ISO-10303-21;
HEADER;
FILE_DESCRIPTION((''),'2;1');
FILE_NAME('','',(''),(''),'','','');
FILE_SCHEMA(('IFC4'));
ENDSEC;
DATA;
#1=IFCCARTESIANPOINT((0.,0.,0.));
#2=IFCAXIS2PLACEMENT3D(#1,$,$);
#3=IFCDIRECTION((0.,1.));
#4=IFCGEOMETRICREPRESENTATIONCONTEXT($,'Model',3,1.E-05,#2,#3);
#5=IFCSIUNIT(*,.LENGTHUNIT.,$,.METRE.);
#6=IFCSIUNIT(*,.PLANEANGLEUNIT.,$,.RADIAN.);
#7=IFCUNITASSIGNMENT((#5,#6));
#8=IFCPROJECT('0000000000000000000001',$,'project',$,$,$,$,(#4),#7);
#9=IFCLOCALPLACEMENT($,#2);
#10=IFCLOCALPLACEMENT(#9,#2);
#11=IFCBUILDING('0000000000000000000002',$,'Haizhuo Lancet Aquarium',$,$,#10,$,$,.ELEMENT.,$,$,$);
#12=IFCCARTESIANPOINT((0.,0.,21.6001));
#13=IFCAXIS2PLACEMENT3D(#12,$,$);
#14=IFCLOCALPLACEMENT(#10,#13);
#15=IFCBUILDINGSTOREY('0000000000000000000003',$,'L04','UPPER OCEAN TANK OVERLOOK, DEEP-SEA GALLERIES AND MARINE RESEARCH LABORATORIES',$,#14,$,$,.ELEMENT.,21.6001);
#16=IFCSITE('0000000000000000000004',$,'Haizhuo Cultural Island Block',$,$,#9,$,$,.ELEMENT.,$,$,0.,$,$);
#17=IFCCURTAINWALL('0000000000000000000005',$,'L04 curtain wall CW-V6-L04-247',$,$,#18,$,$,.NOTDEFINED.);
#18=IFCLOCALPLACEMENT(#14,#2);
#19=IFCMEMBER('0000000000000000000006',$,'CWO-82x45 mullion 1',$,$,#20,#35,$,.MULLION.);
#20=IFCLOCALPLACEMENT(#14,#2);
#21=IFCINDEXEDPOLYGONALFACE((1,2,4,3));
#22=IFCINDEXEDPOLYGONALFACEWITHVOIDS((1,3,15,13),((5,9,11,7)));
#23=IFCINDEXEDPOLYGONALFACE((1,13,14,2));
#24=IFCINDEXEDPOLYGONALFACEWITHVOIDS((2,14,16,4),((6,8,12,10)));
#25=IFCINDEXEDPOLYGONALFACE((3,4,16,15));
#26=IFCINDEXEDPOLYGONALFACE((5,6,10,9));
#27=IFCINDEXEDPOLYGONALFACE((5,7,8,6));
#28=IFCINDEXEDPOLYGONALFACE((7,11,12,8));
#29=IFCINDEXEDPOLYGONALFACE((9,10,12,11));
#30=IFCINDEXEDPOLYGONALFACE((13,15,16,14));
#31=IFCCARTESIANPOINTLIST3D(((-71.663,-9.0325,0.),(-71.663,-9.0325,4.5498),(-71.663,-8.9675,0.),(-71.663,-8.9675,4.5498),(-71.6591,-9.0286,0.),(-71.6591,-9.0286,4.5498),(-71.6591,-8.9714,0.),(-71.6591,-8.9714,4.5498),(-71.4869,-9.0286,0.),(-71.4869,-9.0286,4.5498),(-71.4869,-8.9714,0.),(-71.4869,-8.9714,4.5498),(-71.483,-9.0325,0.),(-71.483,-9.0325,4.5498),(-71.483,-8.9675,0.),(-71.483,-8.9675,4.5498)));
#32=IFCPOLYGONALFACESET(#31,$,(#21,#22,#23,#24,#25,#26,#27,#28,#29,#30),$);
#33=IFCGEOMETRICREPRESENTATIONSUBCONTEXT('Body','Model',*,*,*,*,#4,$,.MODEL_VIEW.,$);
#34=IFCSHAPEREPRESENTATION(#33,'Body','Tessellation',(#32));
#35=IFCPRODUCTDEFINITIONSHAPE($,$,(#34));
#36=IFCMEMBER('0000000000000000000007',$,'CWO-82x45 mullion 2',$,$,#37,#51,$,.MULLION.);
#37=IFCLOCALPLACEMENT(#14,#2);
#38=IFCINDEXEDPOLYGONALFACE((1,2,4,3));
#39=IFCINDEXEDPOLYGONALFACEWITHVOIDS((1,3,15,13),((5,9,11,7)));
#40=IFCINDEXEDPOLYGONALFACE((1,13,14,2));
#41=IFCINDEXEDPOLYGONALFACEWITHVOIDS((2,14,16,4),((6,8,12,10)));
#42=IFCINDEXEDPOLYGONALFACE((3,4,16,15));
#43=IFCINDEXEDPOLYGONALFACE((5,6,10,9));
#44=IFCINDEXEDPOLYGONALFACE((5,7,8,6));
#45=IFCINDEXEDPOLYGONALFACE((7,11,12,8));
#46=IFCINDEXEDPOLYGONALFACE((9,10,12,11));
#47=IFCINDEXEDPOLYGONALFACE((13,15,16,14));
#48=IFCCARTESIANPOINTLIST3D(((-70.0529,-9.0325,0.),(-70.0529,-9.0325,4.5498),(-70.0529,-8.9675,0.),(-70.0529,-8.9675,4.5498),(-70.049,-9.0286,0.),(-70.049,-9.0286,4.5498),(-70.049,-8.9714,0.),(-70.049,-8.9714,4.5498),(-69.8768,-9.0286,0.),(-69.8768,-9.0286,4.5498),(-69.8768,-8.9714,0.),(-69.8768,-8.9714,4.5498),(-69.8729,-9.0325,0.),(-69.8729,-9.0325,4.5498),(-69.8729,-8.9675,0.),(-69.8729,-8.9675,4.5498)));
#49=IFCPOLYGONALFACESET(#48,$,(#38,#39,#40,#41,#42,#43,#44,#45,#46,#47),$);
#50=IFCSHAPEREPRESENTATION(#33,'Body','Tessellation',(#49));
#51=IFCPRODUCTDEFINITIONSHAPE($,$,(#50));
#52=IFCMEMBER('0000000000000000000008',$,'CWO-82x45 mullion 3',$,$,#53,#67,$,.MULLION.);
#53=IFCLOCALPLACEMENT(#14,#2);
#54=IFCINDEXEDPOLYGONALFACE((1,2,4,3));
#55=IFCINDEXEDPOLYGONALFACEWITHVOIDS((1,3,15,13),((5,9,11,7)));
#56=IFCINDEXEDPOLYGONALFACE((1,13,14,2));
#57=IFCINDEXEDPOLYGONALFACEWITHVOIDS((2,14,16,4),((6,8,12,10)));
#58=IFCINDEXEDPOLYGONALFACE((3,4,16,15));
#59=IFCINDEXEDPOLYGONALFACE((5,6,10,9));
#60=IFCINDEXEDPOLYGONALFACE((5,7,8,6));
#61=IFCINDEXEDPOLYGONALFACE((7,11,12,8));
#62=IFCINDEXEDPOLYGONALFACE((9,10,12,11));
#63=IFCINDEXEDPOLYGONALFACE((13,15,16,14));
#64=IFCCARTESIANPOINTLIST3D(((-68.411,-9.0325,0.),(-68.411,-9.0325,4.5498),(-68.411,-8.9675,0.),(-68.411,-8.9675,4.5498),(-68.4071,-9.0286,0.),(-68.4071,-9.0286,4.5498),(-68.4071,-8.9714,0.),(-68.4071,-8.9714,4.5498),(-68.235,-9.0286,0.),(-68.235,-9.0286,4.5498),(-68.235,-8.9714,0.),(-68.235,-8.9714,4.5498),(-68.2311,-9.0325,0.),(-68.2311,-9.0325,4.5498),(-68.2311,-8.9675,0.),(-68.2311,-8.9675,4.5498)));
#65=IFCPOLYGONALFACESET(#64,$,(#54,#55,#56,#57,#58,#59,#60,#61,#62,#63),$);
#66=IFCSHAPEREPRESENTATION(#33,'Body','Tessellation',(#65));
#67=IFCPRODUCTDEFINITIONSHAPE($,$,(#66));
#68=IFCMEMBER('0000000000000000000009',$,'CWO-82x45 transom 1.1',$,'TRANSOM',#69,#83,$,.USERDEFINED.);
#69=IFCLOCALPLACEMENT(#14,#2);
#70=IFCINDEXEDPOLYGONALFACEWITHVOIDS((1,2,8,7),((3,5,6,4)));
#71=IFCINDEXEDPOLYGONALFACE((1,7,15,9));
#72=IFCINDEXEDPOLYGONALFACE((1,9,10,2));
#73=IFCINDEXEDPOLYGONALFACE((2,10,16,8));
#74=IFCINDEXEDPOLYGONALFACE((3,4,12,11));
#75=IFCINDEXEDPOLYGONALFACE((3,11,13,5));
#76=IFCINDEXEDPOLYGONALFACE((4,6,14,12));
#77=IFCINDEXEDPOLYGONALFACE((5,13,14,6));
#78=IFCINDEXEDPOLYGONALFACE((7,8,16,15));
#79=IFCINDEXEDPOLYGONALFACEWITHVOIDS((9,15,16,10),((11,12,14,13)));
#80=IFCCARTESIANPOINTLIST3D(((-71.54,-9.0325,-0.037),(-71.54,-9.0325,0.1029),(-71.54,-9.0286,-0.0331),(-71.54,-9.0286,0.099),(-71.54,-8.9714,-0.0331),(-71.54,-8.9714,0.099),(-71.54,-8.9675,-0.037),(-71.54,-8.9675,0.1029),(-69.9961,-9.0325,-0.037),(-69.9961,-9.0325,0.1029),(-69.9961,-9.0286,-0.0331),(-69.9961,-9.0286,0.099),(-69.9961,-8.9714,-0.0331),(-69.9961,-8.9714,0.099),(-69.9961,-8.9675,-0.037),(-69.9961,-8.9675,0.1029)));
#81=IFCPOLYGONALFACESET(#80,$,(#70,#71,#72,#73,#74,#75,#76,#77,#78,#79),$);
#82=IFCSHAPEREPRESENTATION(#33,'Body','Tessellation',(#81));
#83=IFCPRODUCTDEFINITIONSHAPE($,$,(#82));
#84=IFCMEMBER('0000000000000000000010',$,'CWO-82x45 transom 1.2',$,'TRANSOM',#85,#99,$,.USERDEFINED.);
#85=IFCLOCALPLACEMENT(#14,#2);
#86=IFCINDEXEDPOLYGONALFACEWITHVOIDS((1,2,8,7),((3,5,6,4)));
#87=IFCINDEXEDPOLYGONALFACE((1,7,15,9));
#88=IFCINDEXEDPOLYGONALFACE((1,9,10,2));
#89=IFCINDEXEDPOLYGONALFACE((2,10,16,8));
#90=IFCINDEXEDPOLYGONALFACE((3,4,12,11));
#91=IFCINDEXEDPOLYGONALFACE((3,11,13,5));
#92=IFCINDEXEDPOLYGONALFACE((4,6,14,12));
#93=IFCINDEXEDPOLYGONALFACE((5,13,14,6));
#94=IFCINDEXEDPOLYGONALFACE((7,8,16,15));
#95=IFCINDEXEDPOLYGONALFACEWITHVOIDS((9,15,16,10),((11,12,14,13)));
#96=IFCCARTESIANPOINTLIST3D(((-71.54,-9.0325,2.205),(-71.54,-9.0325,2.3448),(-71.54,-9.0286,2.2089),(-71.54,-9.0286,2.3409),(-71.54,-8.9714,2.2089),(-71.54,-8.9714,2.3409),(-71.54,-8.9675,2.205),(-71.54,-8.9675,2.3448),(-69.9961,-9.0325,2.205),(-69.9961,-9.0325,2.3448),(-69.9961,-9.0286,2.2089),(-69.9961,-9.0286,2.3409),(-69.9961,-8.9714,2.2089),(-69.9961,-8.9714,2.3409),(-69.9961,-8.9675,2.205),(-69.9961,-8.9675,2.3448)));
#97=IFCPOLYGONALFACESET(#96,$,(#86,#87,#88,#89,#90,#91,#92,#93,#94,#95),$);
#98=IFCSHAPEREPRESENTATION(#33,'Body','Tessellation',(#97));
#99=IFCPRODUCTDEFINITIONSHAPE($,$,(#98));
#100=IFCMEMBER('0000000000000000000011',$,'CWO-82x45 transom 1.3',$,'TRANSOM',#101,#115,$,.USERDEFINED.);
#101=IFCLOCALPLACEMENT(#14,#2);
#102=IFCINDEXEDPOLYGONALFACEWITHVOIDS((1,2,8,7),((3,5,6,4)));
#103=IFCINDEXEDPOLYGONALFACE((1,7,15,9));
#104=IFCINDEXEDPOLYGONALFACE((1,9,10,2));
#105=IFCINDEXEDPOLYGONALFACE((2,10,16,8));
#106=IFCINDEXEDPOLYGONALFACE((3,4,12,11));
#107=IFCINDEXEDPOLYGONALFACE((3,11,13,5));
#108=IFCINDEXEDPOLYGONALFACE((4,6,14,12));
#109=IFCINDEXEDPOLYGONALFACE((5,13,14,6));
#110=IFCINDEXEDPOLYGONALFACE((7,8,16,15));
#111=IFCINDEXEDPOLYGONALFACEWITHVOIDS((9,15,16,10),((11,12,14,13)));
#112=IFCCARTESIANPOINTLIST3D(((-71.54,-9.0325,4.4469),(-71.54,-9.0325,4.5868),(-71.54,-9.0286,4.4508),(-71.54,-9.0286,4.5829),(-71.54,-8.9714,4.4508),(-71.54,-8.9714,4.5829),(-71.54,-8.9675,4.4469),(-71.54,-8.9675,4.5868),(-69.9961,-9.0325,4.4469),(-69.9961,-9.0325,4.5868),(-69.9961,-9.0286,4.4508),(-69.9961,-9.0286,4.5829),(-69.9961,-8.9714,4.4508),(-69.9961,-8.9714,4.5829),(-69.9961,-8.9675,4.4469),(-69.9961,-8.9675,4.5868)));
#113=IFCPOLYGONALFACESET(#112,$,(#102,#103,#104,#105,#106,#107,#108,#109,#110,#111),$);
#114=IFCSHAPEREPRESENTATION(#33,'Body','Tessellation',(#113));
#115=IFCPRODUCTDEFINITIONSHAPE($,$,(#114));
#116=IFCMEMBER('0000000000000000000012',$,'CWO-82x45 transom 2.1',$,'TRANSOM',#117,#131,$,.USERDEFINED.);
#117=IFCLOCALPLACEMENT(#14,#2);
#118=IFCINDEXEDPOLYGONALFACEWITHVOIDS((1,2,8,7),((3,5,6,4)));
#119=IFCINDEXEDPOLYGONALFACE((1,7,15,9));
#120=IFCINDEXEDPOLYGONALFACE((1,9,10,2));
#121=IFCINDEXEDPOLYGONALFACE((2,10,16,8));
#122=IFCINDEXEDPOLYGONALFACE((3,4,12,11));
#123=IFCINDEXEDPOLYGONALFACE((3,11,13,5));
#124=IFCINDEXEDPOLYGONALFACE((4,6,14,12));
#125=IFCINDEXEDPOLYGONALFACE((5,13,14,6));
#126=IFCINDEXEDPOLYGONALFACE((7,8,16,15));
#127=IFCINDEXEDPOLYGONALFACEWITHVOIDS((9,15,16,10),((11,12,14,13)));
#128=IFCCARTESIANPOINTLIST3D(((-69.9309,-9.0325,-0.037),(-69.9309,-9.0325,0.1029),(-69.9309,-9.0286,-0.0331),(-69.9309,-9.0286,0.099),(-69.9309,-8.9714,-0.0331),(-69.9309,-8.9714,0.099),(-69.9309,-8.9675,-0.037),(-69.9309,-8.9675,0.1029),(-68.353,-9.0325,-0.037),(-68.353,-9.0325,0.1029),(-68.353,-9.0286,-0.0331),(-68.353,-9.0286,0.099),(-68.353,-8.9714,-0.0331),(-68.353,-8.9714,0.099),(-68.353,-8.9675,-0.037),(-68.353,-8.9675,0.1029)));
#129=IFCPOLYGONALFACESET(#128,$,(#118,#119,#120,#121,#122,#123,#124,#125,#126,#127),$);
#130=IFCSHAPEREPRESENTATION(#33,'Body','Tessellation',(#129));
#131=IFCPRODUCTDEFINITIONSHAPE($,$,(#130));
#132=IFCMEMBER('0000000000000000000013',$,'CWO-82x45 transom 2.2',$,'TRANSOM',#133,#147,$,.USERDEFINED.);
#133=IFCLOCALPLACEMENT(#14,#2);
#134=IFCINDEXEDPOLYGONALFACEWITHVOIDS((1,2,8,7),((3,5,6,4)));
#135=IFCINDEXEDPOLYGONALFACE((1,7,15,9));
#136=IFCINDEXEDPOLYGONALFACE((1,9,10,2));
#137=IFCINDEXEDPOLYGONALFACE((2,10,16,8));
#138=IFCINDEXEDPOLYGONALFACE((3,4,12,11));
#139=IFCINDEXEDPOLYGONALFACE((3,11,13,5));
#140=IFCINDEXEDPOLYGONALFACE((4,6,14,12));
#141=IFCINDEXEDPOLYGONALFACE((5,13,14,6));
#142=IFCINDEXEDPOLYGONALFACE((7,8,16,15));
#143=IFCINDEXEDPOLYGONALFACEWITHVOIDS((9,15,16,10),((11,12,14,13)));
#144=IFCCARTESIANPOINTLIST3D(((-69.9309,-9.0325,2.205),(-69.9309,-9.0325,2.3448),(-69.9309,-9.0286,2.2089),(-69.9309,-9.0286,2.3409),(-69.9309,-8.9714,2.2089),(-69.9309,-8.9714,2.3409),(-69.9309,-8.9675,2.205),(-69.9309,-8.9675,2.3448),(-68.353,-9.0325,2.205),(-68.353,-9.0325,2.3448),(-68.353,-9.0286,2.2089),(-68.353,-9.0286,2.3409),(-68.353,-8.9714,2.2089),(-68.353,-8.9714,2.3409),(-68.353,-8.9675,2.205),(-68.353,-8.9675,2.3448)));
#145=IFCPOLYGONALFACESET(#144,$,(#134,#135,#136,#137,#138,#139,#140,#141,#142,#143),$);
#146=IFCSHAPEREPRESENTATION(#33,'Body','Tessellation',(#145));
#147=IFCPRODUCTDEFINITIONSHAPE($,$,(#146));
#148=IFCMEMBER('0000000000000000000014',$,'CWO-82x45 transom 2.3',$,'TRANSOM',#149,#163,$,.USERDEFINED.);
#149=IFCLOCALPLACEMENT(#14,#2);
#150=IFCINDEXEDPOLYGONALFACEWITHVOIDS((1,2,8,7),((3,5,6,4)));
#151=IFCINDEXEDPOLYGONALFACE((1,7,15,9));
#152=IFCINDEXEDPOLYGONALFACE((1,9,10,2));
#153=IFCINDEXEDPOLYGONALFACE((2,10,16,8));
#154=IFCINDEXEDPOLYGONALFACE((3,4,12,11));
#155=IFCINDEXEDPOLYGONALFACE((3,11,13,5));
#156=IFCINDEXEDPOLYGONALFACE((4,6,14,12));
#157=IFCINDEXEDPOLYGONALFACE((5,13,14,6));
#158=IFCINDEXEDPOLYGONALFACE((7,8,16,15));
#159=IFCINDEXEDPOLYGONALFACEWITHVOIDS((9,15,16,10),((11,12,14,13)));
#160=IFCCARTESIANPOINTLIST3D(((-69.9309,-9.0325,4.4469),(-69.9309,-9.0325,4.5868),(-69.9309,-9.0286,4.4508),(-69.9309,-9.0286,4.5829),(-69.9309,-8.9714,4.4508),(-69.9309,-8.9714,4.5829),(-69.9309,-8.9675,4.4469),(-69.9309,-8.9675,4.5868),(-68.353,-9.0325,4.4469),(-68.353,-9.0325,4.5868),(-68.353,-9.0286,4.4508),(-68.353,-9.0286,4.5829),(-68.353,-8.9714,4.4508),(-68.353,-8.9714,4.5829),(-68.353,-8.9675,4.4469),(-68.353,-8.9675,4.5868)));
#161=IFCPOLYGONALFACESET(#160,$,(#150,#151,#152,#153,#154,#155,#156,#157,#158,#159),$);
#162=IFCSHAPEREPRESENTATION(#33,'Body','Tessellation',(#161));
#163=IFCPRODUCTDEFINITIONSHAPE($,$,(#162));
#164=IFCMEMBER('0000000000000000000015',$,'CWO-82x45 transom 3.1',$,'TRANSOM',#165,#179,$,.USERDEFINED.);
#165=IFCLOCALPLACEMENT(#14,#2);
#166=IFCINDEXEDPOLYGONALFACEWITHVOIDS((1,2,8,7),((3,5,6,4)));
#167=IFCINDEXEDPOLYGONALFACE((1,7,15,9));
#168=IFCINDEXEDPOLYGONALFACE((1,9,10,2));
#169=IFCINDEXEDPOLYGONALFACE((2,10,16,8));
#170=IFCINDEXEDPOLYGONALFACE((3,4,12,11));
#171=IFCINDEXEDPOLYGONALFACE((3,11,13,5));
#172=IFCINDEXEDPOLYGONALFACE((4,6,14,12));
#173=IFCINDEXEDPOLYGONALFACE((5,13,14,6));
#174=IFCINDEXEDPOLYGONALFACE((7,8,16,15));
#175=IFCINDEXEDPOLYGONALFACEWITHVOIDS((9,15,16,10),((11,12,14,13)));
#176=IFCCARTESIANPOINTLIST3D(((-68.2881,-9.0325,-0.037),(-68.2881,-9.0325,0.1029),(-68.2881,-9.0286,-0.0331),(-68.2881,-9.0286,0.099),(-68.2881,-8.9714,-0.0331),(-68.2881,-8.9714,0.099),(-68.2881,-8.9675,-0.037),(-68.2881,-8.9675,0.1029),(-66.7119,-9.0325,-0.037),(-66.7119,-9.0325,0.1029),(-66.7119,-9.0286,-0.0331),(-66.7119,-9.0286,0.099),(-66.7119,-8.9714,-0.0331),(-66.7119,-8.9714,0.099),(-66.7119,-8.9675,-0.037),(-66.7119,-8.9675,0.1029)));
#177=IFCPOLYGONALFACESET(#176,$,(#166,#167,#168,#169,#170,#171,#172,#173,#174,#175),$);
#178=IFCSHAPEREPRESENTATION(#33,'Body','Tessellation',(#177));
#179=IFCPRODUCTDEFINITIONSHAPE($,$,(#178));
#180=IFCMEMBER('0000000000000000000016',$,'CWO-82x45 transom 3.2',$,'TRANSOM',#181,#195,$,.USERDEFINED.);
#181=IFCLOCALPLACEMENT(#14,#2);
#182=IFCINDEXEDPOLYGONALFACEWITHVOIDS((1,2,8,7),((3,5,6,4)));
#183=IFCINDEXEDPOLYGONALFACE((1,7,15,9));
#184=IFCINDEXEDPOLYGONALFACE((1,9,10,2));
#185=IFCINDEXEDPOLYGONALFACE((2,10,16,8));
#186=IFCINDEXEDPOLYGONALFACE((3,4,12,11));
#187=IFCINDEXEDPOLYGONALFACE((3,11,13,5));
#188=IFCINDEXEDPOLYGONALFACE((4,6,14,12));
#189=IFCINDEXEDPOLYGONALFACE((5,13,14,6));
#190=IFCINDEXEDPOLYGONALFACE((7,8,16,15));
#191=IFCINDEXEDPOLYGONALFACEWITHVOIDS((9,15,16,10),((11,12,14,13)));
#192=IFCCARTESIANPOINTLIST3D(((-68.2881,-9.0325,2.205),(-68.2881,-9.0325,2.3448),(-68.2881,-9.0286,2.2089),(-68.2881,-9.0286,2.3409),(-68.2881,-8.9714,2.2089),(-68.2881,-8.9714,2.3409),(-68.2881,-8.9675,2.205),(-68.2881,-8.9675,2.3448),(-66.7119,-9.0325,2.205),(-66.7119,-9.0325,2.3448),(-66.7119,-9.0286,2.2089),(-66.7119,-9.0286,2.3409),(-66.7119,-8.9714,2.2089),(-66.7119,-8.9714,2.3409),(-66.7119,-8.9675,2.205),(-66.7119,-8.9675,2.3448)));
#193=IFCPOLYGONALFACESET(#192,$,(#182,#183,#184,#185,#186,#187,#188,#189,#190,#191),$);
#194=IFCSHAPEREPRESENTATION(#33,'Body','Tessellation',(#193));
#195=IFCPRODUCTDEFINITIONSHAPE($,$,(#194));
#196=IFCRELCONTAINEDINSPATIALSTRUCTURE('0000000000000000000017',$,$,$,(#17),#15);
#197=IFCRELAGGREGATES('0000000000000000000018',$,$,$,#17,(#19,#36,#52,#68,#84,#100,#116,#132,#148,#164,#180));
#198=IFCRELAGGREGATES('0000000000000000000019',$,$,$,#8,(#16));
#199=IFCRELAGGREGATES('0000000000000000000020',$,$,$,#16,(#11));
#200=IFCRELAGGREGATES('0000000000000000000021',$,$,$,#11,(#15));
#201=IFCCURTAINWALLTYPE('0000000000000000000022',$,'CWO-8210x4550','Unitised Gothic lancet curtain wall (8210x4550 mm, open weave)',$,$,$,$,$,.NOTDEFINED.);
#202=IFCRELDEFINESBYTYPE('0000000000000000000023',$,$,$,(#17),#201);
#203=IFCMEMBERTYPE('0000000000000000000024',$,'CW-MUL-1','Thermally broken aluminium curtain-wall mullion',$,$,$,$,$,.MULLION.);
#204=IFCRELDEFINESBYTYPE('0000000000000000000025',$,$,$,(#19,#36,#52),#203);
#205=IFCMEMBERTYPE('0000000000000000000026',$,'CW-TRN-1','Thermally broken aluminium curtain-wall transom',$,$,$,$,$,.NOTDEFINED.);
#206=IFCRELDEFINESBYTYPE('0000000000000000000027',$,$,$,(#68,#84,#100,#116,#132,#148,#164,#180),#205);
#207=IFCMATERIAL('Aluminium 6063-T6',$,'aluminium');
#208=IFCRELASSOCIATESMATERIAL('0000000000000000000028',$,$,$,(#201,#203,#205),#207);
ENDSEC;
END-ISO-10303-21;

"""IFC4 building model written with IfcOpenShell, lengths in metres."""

from ifc_helpers import new_model, si_unit, direction, frame, origin, origin_2d, place, context, subcontext, project, spatial, hollow_rectangle, extrude, material, material_profile, profile_set, type_object, element, aggregate, save


model = new_model("IFC4")

# Units and contexts
model_context = context("Model", 3, precision=1e-05, world=origin(), true_north=direction((0.0, 1.0)))
body_context = subcontext(model_context, "Body", "Model", "MODEL_VIEW")
ifc_project = project(units=[si_unit("LENGTHUNIT", "METRE"), si_unit("PLANEANGLEUNIT", "RADIAN")], contexts=[model_context])

# Site, building, storey
site_placement = place(None, origin())
site = spatial("IfcSite", under=ifc_project, at=site_placement, Name="Haizhuo Cultural Island Block", CompositionType="ELEMENT", RefElevation=0.0)
building_placement = place(site_placement, origin())
building = spatial("IfcBuilding", under=site, at=building_placement, Name="Haizhuo Lancet Aquarium", CompositionType="ELEMENT")
storey_placement = place(building_placement, frame((0.0, 0.0, 21.6001)))
storey = spatial("IfcBuildingStorey", under=building, at=storey_placement, Name="L04", Description="UPPER OCEAN TANK OVERLOOK, DEEP-SEA GALLERIES AND MARINE RESEARCH LABORATORIES", CompositionType="ELEMENT", Elevation=21.6001)

# Curtain wall, members
ifc_material_1 = material(Name="Aluminium 6063-T6", Category="aluminium")
curtain_wall_type = type_object("IfcCurtainWallType", Name="CWO-8210x4550", Description="Unitised Gothic lancet curtain wall (8210x4550 mm, open weave)", PredefinedType="NOTDEFINED", material=ifc_material_1)
curtain_wall_placement = place(storey_placement, origin())
curtain_wall = element("IfcCurtainWall", 1, at=curtain_wall_placement, inside=storey, type_object=curtain_wall_type, Name="L04 curtain wall CW-V6-L04-247", PredefinedType="NOTDEFINED")
ifc_material_profile_1 = material_profile(ifc_material_1, hollow_rectangle(XDim=0.0649, YDim=0.1799, WallThickness=0.0039, at=origin_2d()), Name="ALU-M 65x180x4")
ifc_profile_set_1 = profile_set([ifc_material_profile_1], Name="Aluminium 6063-T6")
member_type_1 = type_object("IfcMemberType", Name="CW-MUL-1", Description="Thermally broken aluminium curtain-wall mullion", PredefinedType="MULLION", material=ifc_profile_set_1)
member_1_placement = place(storey_placement, frame((-71.573, -9.0, 0.0), z_axis=(0.0, 0.0, 1.0), x_axis=(0.0, 1.0, 0.0)))
member_1 = element("IfcMember", 2, at=member_1_placement, type_object=member_type_1, Name="CWO-82x45 mullion 1", PredefinedType="MULLION", context=body_context, shape_type="SweptSolid", body=[
    extrude(hollow_rectangle(XDim=0.0649, YDim=0.1799, WallThickness=0.0039, at=origin_2d()), origin(), (0.0, 0.0, 1.0), 4.5498),
])
member_2_placement = place(storey_placement, frame((-69.9629, -9.0, 0.0), z_axis=(0.0, 0.0, 1.0), x_axis=(0.0, 1.0, 0.0)))
member_2 = element("IfcMember", 3, at=member_2_placement, type_object=member_type_1, Name="CWO-82x45 mullion 2", PredefinedType="MULLION", context=body_context, shape_type="SweptSolid", body=[
    extrude(hollow_rectangle(XDim=0.0649, YDim=0.1799, WallThickness=0.0039, at=origin_2d()), origin(), (0.0, 0.0, 1.0), 4.5498),
])
member_3_placement = place(storey_placement, frame((-68.321, -9.0, 0.0), z_axis=(0.0, 0.0, 1.0), x_axis=(0.0, 1.0, 0.0)))
member_3 = element("IfcMember", 4, at=member_3_placement, type_object=member_type_1, Name="CWO-82x45 mullion 3", PredefinedType="MULLION", context=body_context, shape_type="SweptSolid", body=[
    extrude(hollow_rectangle(XDim=0.0649, YDim=0.1799, WallThickness=0.0039, at=origin_2d()), origin(), (0.0, 0.0, 1.0), 4.5498),
])
ifc_material_profile_2 = material_profile(ifc_material_1, hollow_rectangle(XDim=0.0649, YDim=0.1399, WallThickness=0.0039, at=origin_2d()), Name="ALU-T 65x140x4")
ifc_profile_set_2 = profile_set([ifc_material_profile_2], Name="Aluminium 6063-T6")
member_type_2 = type_object("IfcMemberType", Name="CW-TRN-1", Description="Thermally broken aluminium curtain-wall transom", PredefinedType="NOTDEFINED", material=ifc_profile_set_2)
member_4_placement = place(storey_placement, frame((-71.54, -9.0, 0.033), z_axis=(1.0, 0.0, 0.0), x_axis=(0.0, 1.0, 0.0)))
member_4 = element("IfcMember", 5, at=member_4_placement, type_object=member_type_2, Name="CWO-82x45 transom 1.1", ObjectType="TRANSOM", PredefinedType="USERDEFINED", context=body_context, shape_type="SweptSolid", body=[
    extrude(hollow_rectangle(XDim=0.0649, YDim=0.1399, WallThickness=0.0039, at=origin_2d()), origin(), (0.0, 0.0, 1.0), 1.5439),
])
member_5_placement = place(storey_placement, frame((-71.54, -9.0, 2.2749), z_axis=(1.0, 0.0, 0.0), x_axis=(0.0, 1.0, 0.0)))
member_5 = element("IfcMember", 6, at=member_5_placement, type_object=member_type_2, Name="CWO-82x45 transom 1.2", ObjectType="TRANSOM", PredefinedType="USERDEFINED", context=body_context, shape_type="SweptSolid", body=[
    extrude(hollow_rectangle(XDim=0.0649, YDim=0.1399, WallThickness=0.0039, at=origin_2d()), origin(), (0.0, 0.0, 1.0), 1.5439),
])
member_6_placement = place(storey_placement, frame((-71.54, -9.0, 4.5168), z_axis=(1.0, 0.0, 0.0), x_axis=(0.0, 1.0, 0.0)))
member_6 = element("IfcMember", 7, at=member_6_placement, type_object=member_type_2, Name="CWO-82x45 transom 1.3", ObjectType="TRANSOM", PredefinedType="USERDEFINED", context=body_context, shape_type="SweptSolid", body=[
    extrude(hollow_rectangle(XDim=0.0649, YDim=0.1399, WallThickness=0.0039, at=origin_2d()), origin(), (0.0, 0.0, 1.0), 1.5439),
])
member_7_placement = place(storey_placement, frame((-69.9309, -9.0, 0.033), z_axis=(1.0, 0.0, 0.0), x_axis=(0.0, 1.0, 0.0)))
member_7 = element("IfcMember", 8, at=member_7_placement, type_object=member_type_2, Name="CWO-82x45 transom 2.1", ObjectType="TRANSOM", PredefinedType="USERDEFINED", context=body_context, shape_type="SweptSolid", body=[
    extrude(hollow_rectangle(XDim=0.0649, YDim=0.1399, WallThickness=0.0039, at=origin_2d()), origin(), (0.0, 0.0, 1.0), 1.5779),
])
member_8_placement = place(storey_placement, frame((-69.9309, -9.0, 2.2749), z_axis=(1.0, 0.0, 0.0), x_axis=(0.0, 1.0, 0.0)))
member_8 = element("IfcMember", 9, at=member_8_placement, type_object=member_type_2, Name="CWO-82x45 transom 2.2", ObjectType="TRANSOM", PredefinedType="USERDEFINED", context=body_context, shape_type="SweptSolid", body=[
    extrude(hollow_rectangle(XDim=0.0649, YDim=0.1399, WallThickness=0.0039, at=origin_2d()), origin(), (0.0, 0.0, 1.0), 1.5779),
])
member_9_placement = place(storey_placement, frame((-69.9309, -9.0, 4.5168), z_axis=(1.0, 0.0, 0.0), x_axis=(0.0, 1.0, 0.0)))
member_9 = element("IfcMember", 10, at=member_9_placement, type_object=member_type_2, Name="CWO-82x45 transom 2.3", ObjectType="TRANSOM", PredefinedType="USERDEFINED", context=body_context, shape_type="SweptSolid", body=[
    extrude(hollow_rectangle(XDim=0.0649, YDim=0.1399, WallThickness=0.0039, at=origin_2d()), origin(), (0.0, 0.0, 1.0), 1.5779),
])
member_10_placement = place(storey_placement, frame((-68.2881, -9.0, 0.033), z_axis=(1.0, 0.0, 0.0), x_axis=(0.0, 1.0, 0.0)))
member_10 = element("IfcMember", 11, at=member_10_placement, type_object=member_type_2, Name="CWO-82x45 transom 3.1", ObjectType="TRANSOM", PredefinedType="USERDEFINED", context=body_context, shape_type="SweptSolid", body=[
    extrude(hollow_rectangle(XDim=0.0649, YDim=0.1399, WallThickness=0.0039, at=origin_2d()), origin(), (0.0, 0.0, 1.0), 1.5762),
])
member_11_placement = place(storey_placement, frame((-68.2881, -9.0, 2.2749), z_axis=(1.0, 0.0, 0.0), x_axis=(0.0, 1.0, 0.0)))
member_11 = element("IfcMember", 12, at=member_11_placement, type_object=member_type_2, Name="CWO-82x45 transom 3.2", ObjectType="TRANSOM", PredefinedType="USERDEFINED", context=body_context, shape_type="SweptSolid", body=[
    extrude(hollow_rectangle(XDim=0.0649, YDim=0.1399, WallThickness=0.0039, at=origin_2d()), origin(), (0.0, 0.0, 1.0), 1.5762),
])

aggregate(curtain_wall, [member_1, member_2, member_3, member_4, member_5, member_6, member_7, member_8, member_9, member_10, member_11])

save(model, "model.ifc")
